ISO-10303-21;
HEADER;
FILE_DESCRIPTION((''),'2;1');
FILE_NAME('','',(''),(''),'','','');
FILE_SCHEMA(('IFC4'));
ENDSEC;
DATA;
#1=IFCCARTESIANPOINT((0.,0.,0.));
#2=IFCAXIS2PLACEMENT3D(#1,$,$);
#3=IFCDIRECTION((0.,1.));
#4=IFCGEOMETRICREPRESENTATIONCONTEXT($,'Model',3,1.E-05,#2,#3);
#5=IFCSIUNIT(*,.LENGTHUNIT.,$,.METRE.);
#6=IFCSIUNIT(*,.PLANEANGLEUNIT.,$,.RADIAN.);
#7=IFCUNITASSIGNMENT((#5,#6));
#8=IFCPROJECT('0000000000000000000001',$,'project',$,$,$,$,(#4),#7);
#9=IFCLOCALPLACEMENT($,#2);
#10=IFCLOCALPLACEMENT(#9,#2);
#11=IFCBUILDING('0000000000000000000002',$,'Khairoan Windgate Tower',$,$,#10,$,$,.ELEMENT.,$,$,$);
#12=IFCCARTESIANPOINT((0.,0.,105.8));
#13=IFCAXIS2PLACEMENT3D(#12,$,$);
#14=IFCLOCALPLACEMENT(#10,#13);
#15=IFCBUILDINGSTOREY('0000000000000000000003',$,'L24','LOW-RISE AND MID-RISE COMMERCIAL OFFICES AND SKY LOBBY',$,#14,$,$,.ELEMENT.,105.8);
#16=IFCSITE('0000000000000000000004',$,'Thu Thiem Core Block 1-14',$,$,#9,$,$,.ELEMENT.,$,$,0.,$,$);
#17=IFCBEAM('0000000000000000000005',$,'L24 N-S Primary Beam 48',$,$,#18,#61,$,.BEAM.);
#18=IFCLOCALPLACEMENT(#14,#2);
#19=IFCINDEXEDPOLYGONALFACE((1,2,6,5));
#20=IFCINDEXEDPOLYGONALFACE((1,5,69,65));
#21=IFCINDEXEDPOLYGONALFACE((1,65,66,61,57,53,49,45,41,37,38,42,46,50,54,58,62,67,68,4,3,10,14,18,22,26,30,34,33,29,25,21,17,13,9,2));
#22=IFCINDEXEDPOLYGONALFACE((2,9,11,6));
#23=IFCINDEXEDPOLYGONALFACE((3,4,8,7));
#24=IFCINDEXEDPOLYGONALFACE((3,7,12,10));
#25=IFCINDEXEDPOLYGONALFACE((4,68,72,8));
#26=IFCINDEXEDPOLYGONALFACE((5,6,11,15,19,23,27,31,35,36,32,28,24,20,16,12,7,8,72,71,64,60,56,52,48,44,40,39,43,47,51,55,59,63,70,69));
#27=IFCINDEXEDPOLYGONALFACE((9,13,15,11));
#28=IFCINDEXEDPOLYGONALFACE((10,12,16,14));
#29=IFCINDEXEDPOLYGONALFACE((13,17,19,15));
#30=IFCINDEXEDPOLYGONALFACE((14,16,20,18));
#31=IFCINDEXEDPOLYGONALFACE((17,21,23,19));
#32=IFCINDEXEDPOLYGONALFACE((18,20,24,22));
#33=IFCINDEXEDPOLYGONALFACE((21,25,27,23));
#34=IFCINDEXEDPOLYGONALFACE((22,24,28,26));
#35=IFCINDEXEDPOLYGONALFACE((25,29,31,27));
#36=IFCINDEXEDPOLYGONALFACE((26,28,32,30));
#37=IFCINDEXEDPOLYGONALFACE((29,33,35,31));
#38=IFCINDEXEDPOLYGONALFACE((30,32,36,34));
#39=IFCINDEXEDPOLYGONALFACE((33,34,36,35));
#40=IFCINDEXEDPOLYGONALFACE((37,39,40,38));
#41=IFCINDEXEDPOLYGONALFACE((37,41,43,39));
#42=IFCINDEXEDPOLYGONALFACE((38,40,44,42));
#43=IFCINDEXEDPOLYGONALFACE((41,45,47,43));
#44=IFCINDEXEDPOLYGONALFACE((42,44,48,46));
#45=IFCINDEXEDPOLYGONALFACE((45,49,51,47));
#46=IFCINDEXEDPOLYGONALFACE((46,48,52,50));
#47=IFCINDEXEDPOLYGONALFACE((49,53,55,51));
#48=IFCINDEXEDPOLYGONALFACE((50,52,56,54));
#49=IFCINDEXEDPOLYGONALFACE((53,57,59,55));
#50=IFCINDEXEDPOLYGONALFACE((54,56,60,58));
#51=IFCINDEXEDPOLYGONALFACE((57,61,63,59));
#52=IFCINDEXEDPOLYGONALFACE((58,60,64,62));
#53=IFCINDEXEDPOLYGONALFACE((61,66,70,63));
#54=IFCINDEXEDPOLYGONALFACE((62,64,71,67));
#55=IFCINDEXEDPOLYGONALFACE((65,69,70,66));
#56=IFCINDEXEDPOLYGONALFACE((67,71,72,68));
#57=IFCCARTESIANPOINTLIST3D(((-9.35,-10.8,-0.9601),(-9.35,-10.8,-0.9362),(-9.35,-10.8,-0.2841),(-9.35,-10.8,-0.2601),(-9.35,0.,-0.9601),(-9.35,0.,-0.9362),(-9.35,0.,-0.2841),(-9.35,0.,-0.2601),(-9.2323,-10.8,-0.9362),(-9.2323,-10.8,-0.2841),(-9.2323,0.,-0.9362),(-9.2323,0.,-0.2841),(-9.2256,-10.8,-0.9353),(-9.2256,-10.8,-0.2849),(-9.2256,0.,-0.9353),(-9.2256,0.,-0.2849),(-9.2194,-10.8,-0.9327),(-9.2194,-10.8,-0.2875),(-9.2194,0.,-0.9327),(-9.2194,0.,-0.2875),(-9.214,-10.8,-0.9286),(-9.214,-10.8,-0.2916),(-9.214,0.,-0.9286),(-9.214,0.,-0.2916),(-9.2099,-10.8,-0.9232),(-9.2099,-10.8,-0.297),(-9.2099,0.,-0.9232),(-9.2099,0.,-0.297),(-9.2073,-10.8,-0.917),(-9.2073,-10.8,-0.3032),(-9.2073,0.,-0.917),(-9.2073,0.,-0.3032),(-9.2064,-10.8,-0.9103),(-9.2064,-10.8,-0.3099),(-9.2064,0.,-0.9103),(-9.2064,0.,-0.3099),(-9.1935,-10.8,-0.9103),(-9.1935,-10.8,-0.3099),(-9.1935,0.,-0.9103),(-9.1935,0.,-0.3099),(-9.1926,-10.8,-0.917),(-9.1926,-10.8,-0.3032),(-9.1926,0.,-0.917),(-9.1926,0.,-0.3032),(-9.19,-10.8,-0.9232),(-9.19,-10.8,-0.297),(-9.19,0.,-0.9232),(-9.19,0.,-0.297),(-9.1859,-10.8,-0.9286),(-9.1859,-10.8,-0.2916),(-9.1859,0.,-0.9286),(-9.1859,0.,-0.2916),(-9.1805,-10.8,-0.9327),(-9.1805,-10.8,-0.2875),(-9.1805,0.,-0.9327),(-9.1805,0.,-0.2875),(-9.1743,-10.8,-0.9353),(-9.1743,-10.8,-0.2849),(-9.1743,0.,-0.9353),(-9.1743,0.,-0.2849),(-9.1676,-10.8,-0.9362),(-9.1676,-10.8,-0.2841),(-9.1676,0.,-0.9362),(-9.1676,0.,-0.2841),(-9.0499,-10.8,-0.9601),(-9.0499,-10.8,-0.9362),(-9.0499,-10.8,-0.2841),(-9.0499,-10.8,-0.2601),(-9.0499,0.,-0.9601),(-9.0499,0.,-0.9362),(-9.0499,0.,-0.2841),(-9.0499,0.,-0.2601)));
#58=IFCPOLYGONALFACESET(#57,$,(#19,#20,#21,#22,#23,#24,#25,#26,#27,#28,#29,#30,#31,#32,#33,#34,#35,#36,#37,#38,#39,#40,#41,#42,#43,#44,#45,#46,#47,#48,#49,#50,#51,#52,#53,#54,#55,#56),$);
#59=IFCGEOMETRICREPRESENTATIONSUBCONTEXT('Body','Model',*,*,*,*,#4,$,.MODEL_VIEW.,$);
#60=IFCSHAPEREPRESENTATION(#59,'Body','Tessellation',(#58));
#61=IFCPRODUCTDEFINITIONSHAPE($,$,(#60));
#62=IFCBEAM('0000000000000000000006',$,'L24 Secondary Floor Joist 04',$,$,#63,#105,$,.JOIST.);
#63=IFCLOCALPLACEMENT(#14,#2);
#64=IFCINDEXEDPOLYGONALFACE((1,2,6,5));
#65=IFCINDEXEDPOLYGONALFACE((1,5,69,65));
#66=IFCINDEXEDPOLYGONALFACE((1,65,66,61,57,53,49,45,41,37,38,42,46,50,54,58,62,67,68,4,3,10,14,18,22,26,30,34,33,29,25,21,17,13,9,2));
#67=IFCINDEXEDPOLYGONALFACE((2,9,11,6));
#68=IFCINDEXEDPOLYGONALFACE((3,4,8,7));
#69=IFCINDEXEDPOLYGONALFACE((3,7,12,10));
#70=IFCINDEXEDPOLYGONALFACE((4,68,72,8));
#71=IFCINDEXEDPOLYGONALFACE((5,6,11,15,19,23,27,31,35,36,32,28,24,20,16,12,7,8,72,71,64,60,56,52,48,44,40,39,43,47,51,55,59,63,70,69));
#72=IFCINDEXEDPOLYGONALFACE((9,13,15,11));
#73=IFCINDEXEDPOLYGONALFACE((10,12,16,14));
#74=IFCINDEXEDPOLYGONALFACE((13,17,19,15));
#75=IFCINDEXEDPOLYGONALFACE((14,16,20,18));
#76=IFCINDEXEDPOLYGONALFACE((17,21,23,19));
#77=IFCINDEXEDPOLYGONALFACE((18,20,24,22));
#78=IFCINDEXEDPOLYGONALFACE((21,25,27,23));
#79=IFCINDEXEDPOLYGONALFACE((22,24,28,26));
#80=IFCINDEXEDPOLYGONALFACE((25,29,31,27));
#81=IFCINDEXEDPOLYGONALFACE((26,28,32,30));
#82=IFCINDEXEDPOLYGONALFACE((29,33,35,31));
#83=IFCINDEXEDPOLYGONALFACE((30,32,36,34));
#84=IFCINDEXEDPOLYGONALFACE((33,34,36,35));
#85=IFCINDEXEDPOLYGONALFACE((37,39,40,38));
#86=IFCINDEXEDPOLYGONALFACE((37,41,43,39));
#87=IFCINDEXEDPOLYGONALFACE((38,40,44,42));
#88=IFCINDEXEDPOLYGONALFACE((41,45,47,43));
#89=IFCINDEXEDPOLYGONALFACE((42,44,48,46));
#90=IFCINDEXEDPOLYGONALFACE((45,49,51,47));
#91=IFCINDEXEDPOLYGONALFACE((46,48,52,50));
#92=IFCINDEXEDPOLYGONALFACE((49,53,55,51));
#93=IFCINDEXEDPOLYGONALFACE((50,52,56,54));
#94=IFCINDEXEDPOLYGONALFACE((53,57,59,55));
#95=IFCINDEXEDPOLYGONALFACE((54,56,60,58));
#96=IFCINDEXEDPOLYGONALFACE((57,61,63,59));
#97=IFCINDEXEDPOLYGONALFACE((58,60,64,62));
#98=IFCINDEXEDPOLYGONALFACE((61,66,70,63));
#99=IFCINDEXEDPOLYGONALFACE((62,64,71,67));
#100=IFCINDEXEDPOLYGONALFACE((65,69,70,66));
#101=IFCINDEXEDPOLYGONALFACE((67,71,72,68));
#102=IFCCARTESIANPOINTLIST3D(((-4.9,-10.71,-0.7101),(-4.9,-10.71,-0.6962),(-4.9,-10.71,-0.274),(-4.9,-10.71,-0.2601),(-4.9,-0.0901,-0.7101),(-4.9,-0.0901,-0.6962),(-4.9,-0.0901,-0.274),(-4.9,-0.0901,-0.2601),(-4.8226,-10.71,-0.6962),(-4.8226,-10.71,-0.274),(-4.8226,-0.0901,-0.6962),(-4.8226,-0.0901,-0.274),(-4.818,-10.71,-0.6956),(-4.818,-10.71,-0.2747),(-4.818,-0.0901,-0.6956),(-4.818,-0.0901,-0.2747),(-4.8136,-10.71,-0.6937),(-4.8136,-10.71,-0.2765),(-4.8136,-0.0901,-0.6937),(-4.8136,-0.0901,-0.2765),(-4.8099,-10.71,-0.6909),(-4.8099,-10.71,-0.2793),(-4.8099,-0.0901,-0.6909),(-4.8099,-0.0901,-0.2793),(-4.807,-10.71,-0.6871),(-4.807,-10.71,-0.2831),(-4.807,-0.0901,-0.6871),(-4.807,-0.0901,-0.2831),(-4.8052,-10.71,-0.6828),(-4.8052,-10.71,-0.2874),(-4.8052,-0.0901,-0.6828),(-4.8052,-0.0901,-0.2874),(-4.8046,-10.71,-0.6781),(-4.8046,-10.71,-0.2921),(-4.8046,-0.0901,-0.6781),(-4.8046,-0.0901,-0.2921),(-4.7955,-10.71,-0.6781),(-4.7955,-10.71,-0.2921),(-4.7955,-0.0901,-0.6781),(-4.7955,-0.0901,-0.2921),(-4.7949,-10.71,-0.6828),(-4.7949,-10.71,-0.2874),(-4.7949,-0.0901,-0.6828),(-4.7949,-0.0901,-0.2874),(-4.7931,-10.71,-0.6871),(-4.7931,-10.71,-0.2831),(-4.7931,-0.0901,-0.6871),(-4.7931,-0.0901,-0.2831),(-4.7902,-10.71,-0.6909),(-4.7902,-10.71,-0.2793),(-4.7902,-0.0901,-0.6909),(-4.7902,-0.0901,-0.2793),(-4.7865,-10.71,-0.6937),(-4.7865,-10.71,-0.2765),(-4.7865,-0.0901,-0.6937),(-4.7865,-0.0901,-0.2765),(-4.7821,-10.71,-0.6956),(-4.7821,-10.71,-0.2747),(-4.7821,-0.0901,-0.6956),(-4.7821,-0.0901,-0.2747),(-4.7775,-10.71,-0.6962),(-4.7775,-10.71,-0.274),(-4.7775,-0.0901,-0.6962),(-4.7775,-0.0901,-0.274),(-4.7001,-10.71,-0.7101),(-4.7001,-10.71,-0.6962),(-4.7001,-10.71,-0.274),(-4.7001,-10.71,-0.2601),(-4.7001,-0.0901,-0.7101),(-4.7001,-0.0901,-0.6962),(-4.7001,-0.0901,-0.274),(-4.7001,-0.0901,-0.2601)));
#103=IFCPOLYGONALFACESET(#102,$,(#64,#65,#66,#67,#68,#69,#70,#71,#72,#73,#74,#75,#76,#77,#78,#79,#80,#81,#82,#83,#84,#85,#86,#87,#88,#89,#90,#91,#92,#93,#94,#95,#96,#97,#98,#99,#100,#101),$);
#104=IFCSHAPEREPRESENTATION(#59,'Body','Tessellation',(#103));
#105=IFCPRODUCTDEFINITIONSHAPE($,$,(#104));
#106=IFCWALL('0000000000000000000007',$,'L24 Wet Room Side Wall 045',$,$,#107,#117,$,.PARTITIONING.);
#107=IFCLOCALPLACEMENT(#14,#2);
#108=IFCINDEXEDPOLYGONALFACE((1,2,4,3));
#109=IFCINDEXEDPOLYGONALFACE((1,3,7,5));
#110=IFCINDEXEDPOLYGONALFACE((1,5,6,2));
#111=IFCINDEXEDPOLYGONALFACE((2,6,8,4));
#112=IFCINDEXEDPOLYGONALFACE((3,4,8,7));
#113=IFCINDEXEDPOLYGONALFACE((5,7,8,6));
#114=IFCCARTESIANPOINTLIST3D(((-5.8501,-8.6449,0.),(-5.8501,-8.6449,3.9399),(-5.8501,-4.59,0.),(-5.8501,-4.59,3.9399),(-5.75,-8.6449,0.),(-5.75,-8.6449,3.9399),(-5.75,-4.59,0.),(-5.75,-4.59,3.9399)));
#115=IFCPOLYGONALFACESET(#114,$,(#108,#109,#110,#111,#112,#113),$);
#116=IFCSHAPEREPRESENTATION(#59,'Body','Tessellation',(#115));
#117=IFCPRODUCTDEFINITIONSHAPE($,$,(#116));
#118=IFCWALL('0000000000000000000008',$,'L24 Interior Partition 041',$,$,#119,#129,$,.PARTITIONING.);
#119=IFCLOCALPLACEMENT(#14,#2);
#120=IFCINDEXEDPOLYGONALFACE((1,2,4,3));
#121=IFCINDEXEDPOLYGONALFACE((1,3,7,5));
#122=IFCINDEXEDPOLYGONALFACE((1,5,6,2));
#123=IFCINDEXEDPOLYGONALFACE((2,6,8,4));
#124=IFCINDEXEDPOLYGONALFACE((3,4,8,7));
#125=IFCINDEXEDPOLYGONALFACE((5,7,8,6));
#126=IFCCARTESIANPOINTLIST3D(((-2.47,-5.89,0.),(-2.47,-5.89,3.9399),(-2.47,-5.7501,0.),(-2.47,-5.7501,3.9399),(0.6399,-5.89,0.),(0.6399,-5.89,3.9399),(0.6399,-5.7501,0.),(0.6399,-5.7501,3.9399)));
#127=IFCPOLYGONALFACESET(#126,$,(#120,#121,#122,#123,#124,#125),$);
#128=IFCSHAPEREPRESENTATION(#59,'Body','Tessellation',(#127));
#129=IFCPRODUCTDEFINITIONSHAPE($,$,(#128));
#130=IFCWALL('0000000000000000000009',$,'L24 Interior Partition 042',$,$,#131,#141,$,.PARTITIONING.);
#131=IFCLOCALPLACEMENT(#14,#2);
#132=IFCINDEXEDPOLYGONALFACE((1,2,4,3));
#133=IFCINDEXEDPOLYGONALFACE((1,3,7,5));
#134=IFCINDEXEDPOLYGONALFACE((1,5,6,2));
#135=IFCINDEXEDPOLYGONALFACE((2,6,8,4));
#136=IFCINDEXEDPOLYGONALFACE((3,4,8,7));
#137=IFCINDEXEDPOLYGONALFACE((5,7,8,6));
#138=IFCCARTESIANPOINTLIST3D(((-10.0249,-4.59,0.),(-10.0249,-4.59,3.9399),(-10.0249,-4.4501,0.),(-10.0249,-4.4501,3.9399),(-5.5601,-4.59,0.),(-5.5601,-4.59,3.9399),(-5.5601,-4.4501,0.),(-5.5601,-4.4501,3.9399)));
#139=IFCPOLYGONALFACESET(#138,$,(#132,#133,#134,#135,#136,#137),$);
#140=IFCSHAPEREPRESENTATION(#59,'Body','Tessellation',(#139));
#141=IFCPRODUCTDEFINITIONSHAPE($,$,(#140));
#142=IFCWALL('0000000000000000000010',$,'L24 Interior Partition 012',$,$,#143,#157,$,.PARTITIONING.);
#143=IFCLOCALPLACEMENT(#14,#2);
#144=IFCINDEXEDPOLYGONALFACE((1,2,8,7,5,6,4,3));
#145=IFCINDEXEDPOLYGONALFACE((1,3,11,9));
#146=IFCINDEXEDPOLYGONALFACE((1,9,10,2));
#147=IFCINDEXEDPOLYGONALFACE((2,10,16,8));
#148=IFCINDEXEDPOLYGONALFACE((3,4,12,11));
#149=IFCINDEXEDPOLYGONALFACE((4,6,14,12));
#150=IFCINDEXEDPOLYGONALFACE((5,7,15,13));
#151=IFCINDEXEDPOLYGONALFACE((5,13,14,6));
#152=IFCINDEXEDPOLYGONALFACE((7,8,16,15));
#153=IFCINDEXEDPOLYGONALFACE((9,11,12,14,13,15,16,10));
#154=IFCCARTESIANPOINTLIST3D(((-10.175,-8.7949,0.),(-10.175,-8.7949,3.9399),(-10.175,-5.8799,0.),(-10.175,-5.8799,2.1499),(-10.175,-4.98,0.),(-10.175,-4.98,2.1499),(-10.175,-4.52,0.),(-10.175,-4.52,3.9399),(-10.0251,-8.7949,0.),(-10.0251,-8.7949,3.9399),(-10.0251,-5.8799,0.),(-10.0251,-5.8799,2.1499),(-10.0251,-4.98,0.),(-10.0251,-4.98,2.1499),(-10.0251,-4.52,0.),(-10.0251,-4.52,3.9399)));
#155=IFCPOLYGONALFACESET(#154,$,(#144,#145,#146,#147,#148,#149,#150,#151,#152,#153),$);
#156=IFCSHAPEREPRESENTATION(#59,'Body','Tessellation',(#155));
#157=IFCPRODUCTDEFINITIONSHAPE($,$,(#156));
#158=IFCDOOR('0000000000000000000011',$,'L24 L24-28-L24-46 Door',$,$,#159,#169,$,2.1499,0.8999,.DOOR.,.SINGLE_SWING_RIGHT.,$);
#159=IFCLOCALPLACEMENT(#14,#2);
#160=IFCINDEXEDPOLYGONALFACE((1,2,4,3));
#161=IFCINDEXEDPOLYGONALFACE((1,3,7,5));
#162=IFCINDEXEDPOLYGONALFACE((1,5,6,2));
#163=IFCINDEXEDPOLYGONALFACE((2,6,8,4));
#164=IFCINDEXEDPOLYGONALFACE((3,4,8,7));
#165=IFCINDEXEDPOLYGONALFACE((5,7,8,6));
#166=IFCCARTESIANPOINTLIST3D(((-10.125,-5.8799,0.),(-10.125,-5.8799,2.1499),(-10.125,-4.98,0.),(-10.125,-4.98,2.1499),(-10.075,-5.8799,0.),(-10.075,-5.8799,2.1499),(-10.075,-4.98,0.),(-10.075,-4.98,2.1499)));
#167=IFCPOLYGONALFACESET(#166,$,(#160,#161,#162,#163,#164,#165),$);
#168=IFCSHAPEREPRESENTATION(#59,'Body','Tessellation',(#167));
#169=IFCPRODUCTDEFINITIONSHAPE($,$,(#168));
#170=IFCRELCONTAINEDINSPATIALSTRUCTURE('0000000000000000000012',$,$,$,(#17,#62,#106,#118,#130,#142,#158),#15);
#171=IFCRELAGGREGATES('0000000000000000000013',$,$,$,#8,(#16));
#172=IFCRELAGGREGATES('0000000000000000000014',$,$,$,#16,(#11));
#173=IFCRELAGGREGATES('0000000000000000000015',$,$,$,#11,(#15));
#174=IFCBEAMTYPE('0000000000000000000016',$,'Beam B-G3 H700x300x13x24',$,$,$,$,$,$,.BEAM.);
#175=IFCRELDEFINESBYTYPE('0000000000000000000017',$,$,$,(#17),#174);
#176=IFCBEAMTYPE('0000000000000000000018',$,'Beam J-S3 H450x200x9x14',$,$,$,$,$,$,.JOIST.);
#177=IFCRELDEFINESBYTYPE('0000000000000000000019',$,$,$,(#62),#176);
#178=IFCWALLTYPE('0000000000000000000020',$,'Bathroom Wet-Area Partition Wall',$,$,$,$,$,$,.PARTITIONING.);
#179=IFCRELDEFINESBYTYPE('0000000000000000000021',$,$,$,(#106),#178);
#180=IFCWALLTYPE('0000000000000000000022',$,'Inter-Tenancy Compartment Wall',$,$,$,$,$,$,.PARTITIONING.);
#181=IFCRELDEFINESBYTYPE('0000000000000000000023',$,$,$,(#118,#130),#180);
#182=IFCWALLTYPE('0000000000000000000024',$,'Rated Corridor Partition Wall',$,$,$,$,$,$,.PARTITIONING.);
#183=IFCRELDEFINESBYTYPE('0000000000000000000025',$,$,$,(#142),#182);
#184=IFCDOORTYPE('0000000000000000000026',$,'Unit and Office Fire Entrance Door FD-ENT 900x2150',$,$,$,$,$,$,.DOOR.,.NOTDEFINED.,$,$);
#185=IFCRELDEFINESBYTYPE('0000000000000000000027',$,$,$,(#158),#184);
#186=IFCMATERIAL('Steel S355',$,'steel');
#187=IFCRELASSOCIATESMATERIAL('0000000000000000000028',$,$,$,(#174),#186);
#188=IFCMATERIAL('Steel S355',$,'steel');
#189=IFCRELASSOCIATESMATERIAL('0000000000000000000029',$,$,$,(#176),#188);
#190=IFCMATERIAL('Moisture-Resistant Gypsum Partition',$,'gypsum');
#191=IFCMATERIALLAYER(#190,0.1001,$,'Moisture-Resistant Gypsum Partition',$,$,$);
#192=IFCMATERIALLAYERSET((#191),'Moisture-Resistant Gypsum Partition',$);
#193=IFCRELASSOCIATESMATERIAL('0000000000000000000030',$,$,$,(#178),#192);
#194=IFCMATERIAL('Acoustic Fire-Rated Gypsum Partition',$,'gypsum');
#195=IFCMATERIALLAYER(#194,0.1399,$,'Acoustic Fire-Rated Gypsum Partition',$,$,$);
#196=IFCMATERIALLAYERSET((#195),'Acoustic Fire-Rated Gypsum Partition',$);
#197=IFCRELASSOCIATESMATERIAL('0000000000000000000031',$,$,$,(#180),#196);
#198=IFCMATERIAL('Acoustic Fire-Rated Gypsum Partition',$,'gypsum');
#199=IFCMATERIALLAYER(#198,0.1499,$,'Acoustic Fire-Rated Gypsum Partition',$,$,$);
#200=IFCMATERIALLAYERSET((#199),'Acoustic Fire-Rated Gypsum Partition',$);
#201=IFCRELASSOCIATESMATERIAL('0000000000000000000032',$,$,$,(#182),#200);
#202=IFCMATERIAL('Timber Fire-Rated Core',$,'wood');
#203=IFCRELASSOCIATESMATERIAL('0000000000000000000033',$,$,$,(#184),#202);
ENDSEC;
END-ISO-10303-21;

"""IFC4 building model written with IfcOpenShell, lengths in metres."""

from ifc_helpers import new_model, si_unit, direction, frame, frame_2d, origin, origin_2d, place, context, subcontext, project, spatial, rectangle, i_section, extrude, material, layer, layer_set, material_profile, profile_set, type_object, element, fill, save


model = new_model("IFC4")

# Units and contexts
model_context = context("Model", 3, precision=1e-05, world=origin(), true_north=direction((0.0, 1.0)))
body_context = subcontext(model_context, "Body", "Model", "MODEL_VIEW")
ifc_project = project(units=[si_unit("LENGTHUNIT", "METRE"), si_unit("PLANEANGLEUNIT", "RADIAN")], contexts=[model_context])

# Site, building, storey
site_placement = place(None, origin())
site = spatial("IfcSite", under=ifc_project, at=site_placement, Name="Thu Thiem Core Block 1-14", CompositionType="ELEMENT", RefElevation=0.0)
building_placement = place(site_placement, origin())
building = spatial("IfcBuilding", under=site, at=building_placement, Name="Khairoan Windgate Tower", CompositionType="ELEMENT")
storey_placement = place(building_placement, frame((0.0, 0.0, 105.8)))
storey = spatial("IfcBuildingStorey", under=building, at=storey_placement, Name="L24", Description="LOW-RISE AND MID-RISE COMMERCIAL OFFICES AND SKY LOBBY", CompositionType="ELEMENT", Elevation=105.8)

# Beams
ifc_material_1 = material(Name="Steel S355", Category="steel")
ifc_material_profile_1 = material_profile(ifc_material_1, i_section(OverallWidth=0.3, OverallDepth=0.7, WebThickness=0.0129, FlangeThickness=0.0239, FilletRadius=0.0259, at=origin_2d()))
ifc_profile_set_1 = profile_set([ifc_material_profile_1], Name="Steel S355")
beam_type_1 = type_object("IfcBeamType", Name="Beam B-G3 H700x300x13x24", PredefinedType="BEAM", material=ifc_profile_set_1)
beam_1_placement = place(storey_placement, frame((-9.2, -10.8, -0.6101), z_axis=(0.0, 1.0, 0.0), x_axis=(-1.0, 0.0, 0.0)))
element("IfcBeam", 1, at=beam_1_placement, inside=storey, type_object=beam_type_1, Name="L24 N-S Primary Beam 48", PredefinedType="BEAM", context=body_context, shape_type="SweptSolid", body=[
    extrude(i_section(OverallWidth=0.3, OverallDepth=0.7, WebThickness=0.0129, FlangeThickness=0.0239, FilletRadius=0.0259, at=origin_2d()), origin(), (0.0, 0.0, 1.0), 10.8),
])
ifc_material_2 = material(Name="Steel S355", Category="steel")
ifc_material_profile_2 = material_profile(ifc_material_2, i_section(OverallWidth=0.2, OverallDepth=0.45, WebThickness=0.009, FlangeThickness=0.0139, FilletRadius=0.0181, at=origin_2d()))
ifc_profile_set_2 = profile_set([ifc_material_profile_2], Name="Steel S355")
beam_type_2 = type_object("IfcBeamType", Name="Beam J-S3 H450x200x9x14", PredefinedType="JOIST", material=ifc_profile_set_2)
beam_2_placement = place(storey_placement, frame((-4.8, -10.71, -0.4851), z_axis=(0.0, 1.0, 0.0), x_axis=(-1.0, 0.0, 0.0)))
element("IfcBeam", 2, at=beam_2_placement, inside=storey, type_object=beam_type_2, Name="L24 Secondary Floor Joist 04", PredefinedType="JOIST", context=body_context, shape_type="SweptSolid", body=[
    extrude(i_section(OverallWidth=0.2, OverallDepth=0.45, WebThickness=0.009, FlangeThickness=0.0139, FilletRadius=0.0181, at=origin_2d()), origin(), (0.0, 0.0, 1.0), 10.6199),
])

# Walls
ifc_material_3 = material(Name="Moisture-Resistant Gypsum Partition", Category="gypsum")
ifc_layer_1 = layer(ifc_material_3, 0.1001, Name="Moisture-Resistant Gypsum Partition")
ifc_layer_set_1 = layer_set([ifc_layer_1], Name="Moisture-Resistant Gypsum Partition")
wall_type_1 = type_object("IfcWallType", Name="Bathroom Wet-Area Partition Wall", PredefinedType="PARTITIONING", material=ifc_layer_set_1)
wall_1_placement = place(storey_placement, frame((-5.8, -4.5901, 0.0), z_axis=(0.0, 0.0, 1.0), x_axis=(0.0, -1.0, 0.0)))
element("IfcWall", 3, at=wall_1_placement, inside=storey, type_object=wall_type_1, Name="L24 Wet Room Side Wall 045", PredefinedType="PARTITIONING", context=body_context, shape_type="SweptSolid", body=[
    extrude(rectangle(XDim=4.0549, YDim=0.1001, at=frame_2d((2.0273, 0.0))), origin(), (0.0, 0.0, 1.0), 3.9399),
])
ifc_material_4 = material(Name="Acoustic Fire-Rated Gypsum Partition", Category="gypsum")
ifc_layer_2 = layer(ifc_material_4, 0.1399, Name="Acoustic Fire-Rated Gypsum Partition")
ifc_layer_set_2 = layer_set([ifc_layer_2], Name="Acoustic Fire-Rated Gypsum Partition")
wall_type_2 = type_object("IfcWallType", Name="Inter-Tenancy Compartment Wall", PredefinedType="PARTITIONING", material=ifc_layer_set_2)
wall_2_placement = place(storey_placement, frame((-2.47, -5.8201, 0.0), z_axis=(0.0, 0.0, 1.0), x_axis=(1.0, 0.0, 0.0)))
element("IfcWall", 4, at=wall_2_placement, inside=storey, type_object=wall_type_2, Name="L24 Interior Partition 041", PredefinedType="PARTITIONING", context=body_context, shape_type="SweptSolid", body=[
    extrude(rectangle(XDim=3.1099, YDim=0.1399, at=frame_2d((1.5549, 0.0))), origin(), (0.0, 0.0, 1.0), 3.9399),
])
wall_3_placement = place(storey_placement, frame((-10.0249, -4.52, 0.0), z_axis=(0.0, 0.0, 1.0), x_axis=(1.0, 0.0, 0.0)))
element("IfcWall", 5, at=wall_3_placement, inside=storey, type_object=wall_type_2, Name="L24 Interior Partition 042", PredefinedType="PARTITIONING", context=body_context, shape_type="SweptSolid", body=[
    extrude(rectangle(XDim=4.4648, YDim=0.1399, at=frame_2d((2.2324, 0.0))), origin(), (0.0, 0.0, 1.0), 3.9399),
])

# Wall, opening, door
ifc_material_5 = material(Name="Acoustic Fire-Rated Gypsum Partition", Category="gypsum")
ifc_layer_3 = layer(ifc_material_5, 0.1499, Name="Acoustic Fire-Rated Gypsum Partition")
ifc_layer_set_3 = layer_set([ifc_layer_3], Name="Acoustic Fire-Rated Gypsum Partition")
wall_type_3 = type_object("IfcWallType", Name="Rated Corridor Partition Wall", PredefinedType="PARTITIONING", material=ifc_layer_set_3)
wall_4_placement = place(storey_placement, frame((-10.1001, -8.7949, 0.0), z_axis=(0.0, 0.0, 1.0), x_axis=(0.0, 1.0, 0.0)))
wall_4 = element("IfcWall", 6, at=wall_4_placement, inside=storey, type_object=wall_type_3, Name="L24 Interior Partition 012", PredefinedType="PARTITIONING", context=body_context, shape_type="SweptSolid", body=[
    extrude(rectangle(XDim=4.2749, YDim=0.1499, at=frame_2d((2.1375, 0.0))), origin(), (0.0, 0.0, 1.0), 3.9399),
])
opening_1_placement = place(wall_4_placement, frame((2.915, 0.0, 0.0)))
opening_1 = element("IfcOpeningElement", 7, at=opening_1_placement, cuts=wall_4, PredefinedType="OPENING", context=body_context, shape_type="SweptSolid", body=[
    extrude(rectangle(XDim=0.8999, YDim=2.1499, at=frame_2d((0.45, 1.075))), frame((0.0, 0.085, 0.0), z_axis=(0.0, -1.0, 0.0), x_axis=(1.0, 0.0, 0.0)), (0.0, 0.0, 1.0), 0.1699),
])
ifc_material_6 = material(Name="Timber Fire-Rated Core", Category="wood")
door_type = type_object("IfcDoorType", Name="Unit and Office Fire Entrance Door FD-ENT 900x2150", OperationType="NOTDEFINED", PredefinedType="DOOR", material=ifc_material_6)
door_1_placement = place(opening_1_placement, origin())
door_1 = element("IfcDoor", 8, at=door_1_placement, inside=storey, type_object=door_type, Name="L24 L24-28-L24-46 Door", OperationType="SINGLE_SWING_RIGHT", OverallHeight=2.1499, OverallWidth=0.8999, PredefinedType="DOOR", context=body_context, shape_type="SweptSolid", body=[
    extrude(rectangle(XDim=0.8999, YDim=2.1499, at=frame_2d((0.45, 1.075))), frame((0.0, 0.0249, 0.0), z_axis=(0.0, -1.0, 0.0), x_axis=(1.0, 0.0, 0.0)), (0.0, 0.0, 1.0), 0.05),
])
fill(opening_1, door_1)

save(model, "model.ifc")
